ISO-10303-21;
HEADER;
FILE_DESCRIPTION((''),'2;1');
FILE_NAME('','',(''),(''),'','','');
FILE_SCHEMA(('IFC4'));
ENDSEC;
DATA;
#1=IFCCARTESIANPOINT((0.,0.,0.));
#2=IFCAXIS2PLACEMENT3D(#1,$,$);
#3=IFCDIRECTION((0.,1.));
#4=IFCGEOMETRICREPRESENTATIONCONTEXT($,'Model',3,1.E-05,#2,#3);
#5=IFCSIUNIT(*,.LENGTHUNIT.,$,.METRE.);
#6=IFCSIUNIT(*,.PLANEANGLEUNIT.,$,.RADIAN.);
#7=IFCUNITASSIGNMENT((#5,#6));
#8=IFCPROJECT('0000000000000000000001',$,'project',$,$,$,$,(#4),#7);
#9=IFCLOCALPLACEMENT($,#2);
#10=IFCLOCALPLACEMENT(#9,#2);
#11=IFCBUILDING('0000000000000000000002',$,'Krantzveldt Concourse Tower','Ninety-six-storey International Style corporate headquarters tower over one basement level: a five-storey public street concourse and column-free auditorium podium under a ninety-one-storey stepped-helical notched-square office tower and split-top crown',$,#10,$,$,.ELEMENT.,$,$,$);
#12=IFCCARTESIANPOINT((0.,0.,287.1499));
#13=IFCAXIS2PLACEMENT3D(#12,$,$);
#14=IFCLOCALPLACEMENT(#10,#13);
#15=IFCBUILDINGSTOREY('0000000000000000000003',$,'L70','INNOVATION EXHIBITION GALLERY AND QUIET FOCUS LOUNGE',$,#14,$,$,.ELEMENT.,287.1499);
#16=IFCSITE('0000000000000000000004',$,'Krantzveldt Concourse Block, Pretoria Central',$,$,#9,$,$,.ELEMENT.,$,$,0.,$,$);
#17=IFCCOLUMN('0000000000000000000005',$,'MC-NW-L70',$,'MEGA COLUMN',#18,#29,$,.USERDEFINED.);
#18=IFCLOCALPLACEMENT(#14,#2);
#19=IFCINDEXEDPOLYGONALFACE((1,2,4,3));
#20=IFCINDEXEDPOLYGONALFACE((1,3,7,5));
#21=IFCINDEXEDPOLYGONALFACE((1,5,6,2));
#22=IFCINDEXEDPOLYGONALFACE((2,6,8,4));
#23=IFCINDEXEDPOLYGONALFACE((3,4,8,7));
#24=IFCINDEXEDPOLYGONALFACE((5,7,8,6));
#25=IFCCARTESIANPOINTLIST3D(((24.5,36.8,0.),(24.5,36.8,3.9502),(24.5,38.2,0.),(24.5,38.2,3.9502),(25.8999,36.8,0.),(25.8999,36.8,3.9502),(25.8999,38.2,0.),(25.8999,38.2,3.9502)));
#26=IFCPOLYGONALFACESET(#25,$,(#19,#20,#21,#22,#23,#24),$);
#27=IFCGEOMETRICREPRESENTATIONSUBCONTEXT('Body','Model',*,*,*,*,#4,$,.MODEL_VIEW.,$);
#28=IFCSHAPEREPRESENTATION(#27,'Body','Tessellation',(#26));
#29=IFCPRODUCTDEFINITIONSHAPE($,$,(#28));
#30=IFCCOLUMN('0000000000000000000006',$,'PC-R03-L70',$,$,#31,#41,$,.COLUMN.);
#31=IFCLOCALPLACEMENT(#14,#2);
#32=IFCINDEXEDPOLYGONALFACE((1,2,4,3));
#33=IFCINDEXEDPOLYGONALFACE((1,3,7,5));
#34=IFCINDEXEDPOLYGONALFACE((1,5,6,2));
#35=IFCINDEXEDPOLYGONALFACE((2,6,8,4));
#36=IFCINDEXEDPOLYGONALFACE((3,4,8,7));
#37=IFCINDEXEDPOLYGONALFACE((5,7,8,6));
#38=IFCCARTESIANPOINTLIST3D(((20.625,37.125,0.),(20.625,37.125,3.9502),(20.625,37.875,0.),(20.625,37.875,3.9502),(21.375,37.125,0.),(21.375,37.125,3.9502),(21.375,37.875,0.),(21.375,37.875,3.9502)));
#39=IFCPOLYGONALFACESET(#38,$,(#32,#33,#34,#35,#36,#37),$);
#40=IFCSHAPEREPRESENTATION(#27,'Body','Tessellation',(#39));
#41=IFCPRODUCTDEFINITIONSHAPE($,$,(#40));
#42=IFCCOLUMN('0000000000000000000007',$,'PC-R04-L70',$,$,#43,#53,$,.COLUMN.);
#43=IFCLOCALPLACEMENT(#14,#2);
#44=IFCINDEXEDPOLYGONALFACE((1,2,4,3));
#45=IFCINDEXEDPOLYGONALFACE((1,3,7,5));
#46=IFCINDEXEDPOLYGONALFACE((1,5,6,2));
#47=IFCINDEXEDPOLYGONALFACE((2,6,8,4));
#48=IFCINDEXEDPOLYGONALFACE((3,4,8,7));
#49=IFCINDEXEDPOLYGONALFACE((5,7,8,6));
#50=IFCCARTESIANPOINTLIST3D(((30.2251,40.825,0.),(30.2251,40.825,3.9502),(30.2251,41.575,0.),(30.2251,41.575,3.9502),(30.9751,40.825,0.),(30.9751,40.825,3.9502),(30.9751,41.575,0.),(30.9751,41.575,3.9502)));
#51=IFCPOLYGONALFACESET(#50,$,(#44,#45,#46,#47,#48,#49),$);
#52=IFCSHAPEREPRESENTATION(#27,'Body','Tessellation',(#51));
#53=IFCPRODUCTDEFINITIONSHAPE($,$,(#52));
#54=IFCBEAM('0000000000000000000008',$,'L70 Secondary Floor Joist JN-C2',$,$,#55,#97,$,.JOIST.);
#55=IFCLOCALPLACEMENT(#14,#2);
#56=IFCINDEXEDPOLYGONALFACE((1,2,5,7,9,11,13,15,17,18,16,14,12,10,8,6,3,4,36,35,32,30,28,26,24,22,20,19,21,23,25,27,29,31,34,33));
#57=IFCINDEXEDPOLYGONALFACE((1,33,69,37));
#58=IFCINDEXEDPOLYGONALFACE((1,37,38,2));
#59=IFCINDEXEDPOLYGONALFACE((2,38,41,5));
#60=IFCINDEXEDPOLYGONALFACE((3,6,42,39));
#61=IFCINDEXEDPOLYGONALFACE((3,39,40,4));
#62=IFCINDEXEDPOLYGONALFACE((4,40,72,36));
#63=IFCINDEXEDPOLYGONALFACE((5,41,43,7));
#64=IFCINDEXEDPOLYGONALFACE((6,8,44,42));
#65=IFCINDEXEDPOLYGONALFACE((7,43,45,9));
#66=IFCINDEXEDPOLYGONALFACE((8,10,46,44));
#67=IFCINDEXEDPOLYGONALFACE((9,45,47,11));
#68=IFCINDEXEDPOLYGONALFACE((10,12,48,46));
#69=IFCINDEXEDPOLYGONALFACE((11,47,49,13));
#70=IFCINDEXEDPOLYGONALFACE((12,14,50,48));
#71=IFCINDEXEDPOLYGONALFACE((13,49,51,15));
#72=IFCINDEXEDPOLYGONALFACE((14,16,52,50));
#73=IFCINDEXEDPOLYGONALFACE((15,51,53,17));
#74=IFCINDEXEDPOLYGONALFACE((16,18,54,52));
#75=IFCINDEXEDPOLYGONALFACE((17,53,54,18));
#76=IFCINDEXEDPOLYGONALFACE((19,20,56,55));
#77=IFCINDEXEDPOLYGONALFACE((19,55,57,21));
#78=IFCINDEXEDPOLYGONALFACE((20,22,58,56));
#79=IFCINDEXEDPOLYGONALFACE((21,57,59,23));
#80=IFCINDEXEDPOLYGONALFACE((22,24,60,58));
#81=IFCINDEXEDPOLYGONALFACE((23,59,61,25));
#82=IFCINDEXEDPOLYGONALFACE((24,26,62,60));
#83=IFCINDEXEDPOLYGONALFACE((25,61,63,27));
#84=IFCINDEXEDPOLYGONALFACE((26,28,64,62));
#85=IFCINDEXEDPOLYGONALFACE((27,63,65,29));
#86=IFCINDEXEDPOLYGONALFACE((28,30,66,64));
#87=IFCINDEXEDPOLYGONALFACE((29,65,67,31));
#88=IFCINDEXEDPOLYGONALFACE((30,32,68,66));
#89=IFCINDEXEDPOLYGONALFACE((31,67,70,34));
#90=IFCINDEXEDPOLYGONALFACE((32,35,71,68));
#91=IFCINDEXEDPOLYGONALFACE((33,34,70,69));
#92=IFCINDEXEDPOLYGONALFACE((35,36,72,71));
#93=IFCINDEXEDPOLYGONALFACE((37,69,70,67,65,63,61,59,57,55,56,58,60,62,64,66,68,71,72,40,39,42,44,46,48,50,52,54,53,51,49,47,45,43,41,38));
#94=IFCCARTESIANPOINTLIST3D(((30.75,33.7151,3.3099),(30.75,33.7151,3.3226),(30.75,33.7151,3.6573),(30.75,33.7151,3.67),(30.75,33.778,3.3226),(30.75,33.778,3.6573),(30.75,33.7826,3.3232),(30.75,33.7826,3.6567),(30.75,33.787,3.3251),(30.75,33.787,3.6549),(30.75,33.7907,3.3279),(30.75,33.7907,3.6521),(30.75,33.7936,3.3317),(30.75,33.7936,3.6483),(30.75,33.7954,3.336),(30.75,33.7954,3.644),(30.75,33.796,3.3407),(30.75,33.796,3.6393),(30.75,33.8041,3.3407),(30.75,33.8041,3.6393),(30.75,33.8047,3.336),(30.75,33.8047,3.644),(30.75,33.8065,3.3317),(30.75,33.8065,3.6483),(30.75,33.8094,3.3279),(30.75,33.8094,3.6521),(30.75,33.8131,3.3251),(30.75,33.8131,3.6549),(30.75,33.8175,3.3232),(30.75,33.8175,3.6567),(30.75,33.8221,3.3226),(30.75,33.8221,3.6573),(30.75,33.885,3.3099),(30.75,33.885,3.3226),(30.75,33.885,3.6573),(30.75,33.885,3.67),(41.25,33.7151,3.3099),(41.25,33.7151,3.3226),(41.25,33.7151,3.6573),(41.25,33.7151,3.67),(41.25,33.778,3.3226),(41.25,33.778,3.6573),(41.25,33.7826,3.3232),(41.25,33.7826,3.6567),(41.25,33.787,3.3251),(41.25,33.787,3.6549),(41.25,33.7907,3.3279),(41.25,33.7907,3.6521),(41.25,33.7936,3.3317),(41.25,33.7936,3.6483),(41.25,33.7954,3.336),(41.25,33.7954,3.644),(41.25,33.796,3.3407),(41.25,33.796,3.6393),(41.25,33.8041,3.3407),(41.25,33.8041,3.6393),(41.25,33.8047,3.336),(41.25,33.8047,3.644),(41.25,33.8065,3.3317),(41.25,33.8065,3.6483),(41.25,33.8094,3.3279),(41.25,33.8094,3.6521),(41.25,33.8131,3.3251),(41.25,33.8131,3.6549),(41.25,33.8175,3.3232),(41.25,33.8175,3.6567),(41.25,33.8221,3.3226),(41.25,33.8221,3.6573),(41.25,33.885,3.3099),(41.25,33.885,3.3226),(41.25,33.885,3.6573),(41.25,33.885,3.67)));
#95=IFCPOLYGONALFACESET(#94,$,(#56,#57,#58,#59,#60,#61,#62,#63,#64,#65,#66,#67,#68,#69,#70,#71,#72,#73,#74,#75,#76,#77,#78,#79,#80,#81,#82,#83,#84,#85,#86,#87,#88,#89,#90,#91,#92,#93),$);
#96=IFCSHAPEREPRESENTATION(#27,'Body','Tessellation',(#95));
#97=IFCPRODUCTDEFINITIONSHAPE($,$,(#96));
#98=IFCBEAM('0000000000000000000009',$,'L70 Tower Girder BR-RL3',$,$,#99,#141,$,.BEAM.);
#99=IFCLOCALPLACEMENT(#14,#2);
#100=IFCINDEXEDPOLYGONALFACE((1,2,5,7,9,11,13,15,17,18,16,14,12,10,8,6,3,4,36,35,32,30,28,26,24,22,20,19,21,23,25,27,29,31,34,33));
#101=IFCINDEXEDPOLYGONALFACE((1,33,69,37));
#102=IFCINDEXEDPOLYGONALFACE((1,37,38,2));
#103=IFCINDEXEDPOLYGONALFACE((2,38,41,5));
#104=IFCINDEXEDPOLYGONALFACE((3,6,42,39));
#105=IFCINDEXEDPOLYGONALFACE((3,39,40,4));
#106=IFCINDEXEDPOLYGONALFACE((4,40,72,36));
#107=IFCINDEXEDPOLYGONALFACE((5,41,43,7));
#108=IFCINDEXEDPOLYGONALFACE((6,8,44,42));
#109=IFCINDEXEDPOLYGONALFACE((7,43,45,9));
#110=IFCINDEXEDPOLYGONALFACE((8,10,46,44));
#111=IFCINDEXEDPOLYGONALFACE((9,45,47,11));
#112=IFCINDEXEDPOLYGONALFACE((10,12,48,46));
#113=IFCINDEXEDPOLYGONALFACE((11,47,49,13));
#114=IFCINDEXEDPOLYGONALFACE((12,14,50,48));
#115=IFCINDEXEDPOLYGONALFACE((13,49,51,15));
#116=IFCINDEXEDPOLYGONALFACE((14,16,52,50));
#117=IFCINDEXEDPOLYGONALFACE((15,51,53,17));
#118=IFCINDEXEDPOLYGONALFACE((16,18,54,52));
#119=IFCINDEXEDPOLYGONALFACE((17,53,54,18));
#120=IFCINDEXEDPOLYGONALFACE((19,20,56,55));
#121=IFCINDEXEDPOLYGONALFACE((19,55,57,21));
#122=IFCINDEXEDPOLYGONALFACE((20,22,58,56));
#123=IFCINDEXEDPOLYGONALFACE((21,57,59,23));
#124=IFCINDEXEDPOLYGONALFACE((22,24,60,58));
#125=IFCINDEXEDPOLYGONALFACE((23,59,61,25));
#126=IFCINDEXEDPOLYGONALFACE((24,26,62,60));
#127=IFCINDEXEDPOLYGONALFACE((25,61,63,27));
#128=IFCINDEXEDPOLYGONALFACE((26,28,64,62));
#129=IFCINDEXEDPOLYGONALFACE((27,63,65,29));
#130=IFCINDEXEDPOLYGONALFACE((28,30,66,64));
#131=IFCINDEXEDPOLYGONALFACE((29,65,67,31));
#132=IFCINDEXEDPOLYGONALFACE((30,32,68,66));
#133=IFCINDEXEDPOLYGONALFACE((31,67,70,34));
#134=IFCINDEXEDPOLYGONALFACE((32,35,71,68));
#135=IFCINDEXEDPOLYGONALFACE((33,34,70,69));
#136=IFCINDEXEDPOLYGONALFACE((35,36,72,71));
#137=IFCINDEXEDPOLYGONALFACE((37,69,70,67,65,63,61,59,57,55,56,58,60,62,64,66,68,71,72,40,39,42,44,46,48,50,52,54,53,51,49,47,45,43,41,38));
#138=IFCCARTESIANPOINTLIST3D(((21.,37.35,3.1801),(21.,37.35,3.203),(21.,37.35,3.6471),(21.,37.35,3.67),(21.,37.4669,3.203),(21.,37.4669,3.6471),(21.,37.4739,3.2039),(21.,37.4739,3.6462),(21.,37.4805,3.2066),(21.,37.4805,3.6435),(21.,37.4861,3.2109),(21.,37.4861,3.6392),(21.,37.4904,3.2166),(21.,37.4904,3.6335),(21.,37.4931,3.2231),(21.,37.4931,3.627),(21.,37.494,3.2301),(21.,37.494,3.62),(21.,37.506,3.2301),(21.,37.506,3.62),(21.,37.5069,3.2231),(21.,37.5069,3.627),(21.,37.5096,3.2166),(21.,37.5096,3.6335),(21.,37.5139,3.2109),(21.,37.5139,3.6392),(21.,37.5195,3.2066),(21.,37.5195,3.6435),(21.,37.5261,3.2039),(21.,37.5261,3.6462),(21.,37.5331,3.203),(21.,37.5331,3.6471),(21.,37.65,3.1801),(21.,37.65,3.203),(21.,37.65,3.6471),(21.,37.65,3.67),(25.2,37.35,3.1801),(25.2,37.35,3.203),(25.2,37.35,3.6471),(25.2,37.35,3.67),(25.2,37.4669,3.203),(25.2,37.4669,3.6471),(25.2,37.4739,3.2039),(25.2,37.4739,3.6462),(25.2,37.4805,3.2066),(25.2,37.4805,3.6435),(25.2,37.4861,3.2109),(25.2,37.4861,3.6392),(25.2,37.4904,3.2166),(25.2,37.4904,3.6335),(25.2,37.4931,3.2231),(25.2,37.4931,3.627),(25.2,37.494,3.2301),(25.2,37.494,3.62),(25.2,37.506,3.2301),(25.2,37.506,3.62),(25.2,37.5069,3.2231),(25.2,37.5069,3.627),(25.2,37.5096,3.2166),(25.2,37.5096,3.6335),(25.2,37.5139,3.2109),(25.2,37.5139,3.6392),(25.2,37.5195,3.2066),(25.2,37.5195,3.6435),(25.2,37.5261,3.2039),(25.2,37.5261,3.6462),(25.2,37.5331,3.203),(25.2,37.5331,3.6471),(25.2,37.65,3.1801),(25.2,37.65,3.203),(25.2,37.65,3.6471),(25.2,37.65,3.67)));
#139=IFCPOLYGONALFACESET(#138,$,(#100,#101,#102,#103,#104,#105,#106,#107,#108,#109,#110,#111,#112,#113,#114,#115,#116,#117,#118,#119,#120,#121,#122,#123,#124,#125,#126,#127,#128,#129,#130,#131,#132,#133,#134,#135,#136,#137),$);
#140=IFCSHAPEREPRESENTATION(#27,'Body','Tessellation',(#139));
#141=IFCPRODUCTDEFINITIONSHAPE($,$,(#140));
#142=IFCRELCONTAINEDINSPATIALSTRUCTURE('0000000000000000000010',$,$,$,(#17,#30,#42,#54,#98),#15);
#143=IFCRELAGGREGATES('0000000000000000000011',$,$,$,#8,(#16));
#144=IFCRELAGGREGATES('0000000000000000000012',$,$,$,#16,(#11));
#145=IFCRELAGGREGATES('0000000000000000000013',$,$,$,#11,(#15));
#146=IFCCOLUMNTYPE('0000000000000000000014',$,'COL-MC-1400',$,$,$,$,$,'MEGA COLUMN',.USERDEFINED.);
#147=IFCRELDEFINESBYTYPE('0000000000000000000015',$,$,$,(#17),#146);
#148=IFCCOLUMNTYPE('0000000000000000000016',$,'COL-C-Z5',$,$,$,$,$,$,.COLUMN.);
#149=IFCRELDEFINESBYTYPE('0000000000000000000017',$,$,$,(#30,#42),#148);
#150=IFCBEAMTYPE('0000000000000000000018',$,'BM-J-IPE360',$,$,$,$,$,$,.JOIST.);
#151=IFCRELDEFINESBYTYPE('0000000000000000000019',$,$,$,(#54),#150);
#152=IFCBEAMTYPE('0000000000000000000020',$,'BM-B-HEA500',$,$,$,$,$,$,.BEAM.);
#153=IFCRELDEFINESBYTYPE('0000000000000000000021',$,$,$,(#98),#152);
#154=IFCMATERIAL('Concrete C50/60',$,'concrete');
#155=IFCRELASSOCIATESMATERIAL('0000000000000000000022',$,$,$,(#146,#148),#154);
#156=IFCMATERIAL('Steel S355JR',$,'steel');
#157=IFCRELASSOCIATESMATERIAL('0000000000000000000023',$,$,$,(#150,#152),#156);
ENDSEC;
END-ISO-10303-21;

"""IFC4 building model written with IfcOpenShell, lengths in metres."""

from ifc_helpers import new_model, si_unit, direction, frame, origin, origin_2d, place, context, subcontext, project, spatial, rectangle, i_section, extrude, source, transform, mapped, material, material_profile, profile_set, type_object, type_shapes, element, save


model = new_model("IFC4")

# Units and contexts
model_context = context("Model", 3, precision=1e-05, world=origin(), true_north=direction((0.0, 1.0)))
body_context = subcontext(model_context, "Body", "Model", "MODEL_VIEW")
ifc_project = project(units=[si_unit("LENGTHUNIT", "METRE"), si_unit("PLANEANGLEUNIT", "RADIAN")], contexts=[model_context])

# Site, building, storey
site_placement = place(None, origin())
site = spatial("IfcSite", under=ifc_project, at=site_placement, Name="Krantzveldt Concourse Block, Pretoria Central", CompositionType="ELEMENT", RefElevation=0.0)
building_placement = place(site_placement, origin())
building = spatial("IfcBuilding", under=site, at=building_placement, Name="Krantzveldt Concourse Tower", Description="Ninety-six-storey International Style corporate headquarters tower over one basement level: a five-storey public street concourse and column-free auditorium podium under a ninety-one-storey stepped-helical notched-square office tower and split-top crown", CompositionType="ELEMENT")
storey_placement = place(building_placement, frame((0.0, 0.0, 287.1499)))
storey = spatial("IfcBuildingStorey", under=building, at=storey_placement, Name="L70", Description="INNOVATION EXHIBITION GALLERY AND QUIET FOCUS LOUNGE", CompositionType="ELEMENT", Elevation=287.1499)

# Columns
ifc_material_1 = material(Name="Concrete C50/60", Category="concrete")
ifc_material_profile_1 = material_profile(ifc_material_1, rectangle(XDim=1.3999, YDim=1.3999, at=origin_2d()), Name="Concrete C50/60", Category="concrete")
ifc_profile_set_1 = profile_set([ifc_material_profile_1], Name="Concrete C50/60 - RC 1400x1400")
column_type_1 = type_object("IfcColumnType", Name="COL-MC-1400", ElementType="MEGA COLUMN", PredefinedType="USERDEFINED", material=ifc_profile_set_1)
shared_shape_1 = source(origin(), body_context, "Body", "SweptSolid", [
    extrude(rectangle(XDim=1.3999, YDim=1.3999, at=origin_2d()), origin(), (0.0, 0.0, 1.0), 3.9502),
])
type_shapes(column_type_1, [shared_shape_1])
column_placement = place(storey_placement, frame((25.2, 37.5, 0.0), z_axis=(0.0, 0.0, 1.0), x_axis=(1.0, 0.0, 0.0)))
element("IfcColumn", 1, at=column_placement, inside=storey, type_object=column_type_1, Name="MC-NW-L70", ObjectType="MEGA COLUMN", PredefinedType="USERDEFINED", context=body_context, shape_type="MappedRepresentation", body=[
    mapped(shared_shape_1, transform((0.0, 0.0, 0.0), x_axis=(1.0, 0.0, 0.0), y_axis=(0.0, 1.0, 0.0), z_axis=(0.0, 0.0, 1.0), scale=1.0)),
])
ifc_material_profile_2 = material_profile(ifc_material_1, rectangle(XDim=0.75, YDim=0.75, at=origin_2d()), Name="Concrete C50/60", Category="concrete")
ifc_profile_set_2 = profile_set([ifc_material_profile_2], Name="Concrete C50/60 - RC 750x750")
column_type_2 = type_object("IfcColumnType", Name="COL-C-Z5", PredefinedType="COLUMN", material=ifc_profile_set_2)
shared_shape_2 = source(origin(), body_context, "Body", "SweptSolid", [
    extrude(rectangle(XDim=0.75, YDim=0.75, at=origin_2d()), origin(), (0.0, 0.0, 1.0), 3.9502),
])
type_shapes(column_type_2, [shared_shape_2])
for number, where, z_axis, x_axis, name in (
    (2, (21.0, 37.5, 0.0), (0.0, 0.0, 1.0), (1.0, 0.0, 0.0), "PC-R03-L70"),
    (3, (30.6001, 41.2, 0.0), (0.0, 0.0, 1.0), (1.0, 0.0, 0.0), "PC-R04-L70"),
):
    element("IfcColumn", number, at=place(storey_placement, frame(where, z_axis=z_axis, x_axis=x_axis)), inside=storey, type_object=column_type_2, Name=name, PredefinedType="COLUMN", context=body_context, shape_type="MappedRepresentation", body=[
        mapped(shared_shape_2, transform((0.0, 0.0, 0.0), x_axis=(1.0, 0.0, 0.0), y_axis=(0.0, 1.0, 0.0), z_axis=(0.0, 0.0, 1.0), scale=1.0)),
    ])

# Beams
ifc_material_2 = material(Name="Steel S355JR", Category="steel")
ifc_material_profile_3 = material_profile(ifc_material_2, i_section(OverallWidth=0.1699, OverallDepth=0.3601, WebThickness=0.0081, FlangeThickness=0.0127, FilletRadius=0.0181, at=origin_2d()), Name="Steel S355JR", Category="steel")
ifc_profile_set_3 = profile_set([ifc_material_profile_3], Name="Steel S355JR - IPE 360")
beam_type_1 = type_object("IfcBeamType", Name="BM-J-IPE360", PredefinedType="JOIST", material=ifc_profile_set_3)
shared_shape_3 = source(origin(), body_context, "Body", "SweptSolid", [
    extrude(i_section(OverallWidth=0.1699, OverallDepth=0.3601, WebThickness=0.0081, FlangeThickness=0.0127, FilletRadius=0.0181, at=origin_2d()), origin(), (0.0, 0.0, 1.0), 10.5),
])
beam_1_placement = place(storey_placement, frame((30.75, 33.8, 3.49), z_axis=(1.0, 0.0, 0.0), x_axis=(0.0, 1.0, 0.0)))
element("IfcBeam", 4, at=beam_1_placement, inside=storey, type_object=beam_type_1, Name="L70 Secondary Floor Joist JN-C2", PredefinedType="JOIST", context=body_context, shape_type="MappedRepresentation", body=[
    mapped(shared_shape_3, transform((0.0, 0.0, 0.0), x_axis=(1.0, 0.0, 0.0), y_axis=(0.0, 1.0, 0.0), z_axis=(0.0, 0.0, 1.0), scale=1.0)),
])
ifc_material_profile_4 = material_profile(ifc_material_2, i_section(OverallWidth=0.3, OverallDepth=0.49, WebThickness=0.012, FlangeThickness=0.0229, FilletRadius=0.0271, at=origin_2d()), Name="Steel S355JR", Category="steel")
ifc_profile_set_4 = profile_set([ifc_material_profile_4], Name="Steel S355JR - HEA 500")
beam_type_2 = type_object("IfcBeamType", Name="BM-B-HEA500", PredefinedType="BEAM", material=ifc_profile_set_4)
shared_shape_4 = source(origin(), body_context, "Body", "SweptSolid", [
    extrude(i_section(OverallWidth=0.3, OverallDepth=0.49, WebThickness=0.012, FlangeThickness=0.0229, FilletRadius=0.0271, at=origin_2d()), origin(), (0.0, 0.0, 1.0), 4.2),
])
beam_2_placement = place(storey_placement, frame((21.0, 37.5, 3.425), z_axis=(1.0, 0.0, 0.0), x_axis=(0.0, 1.0, 0.0)))
element("IfcBeam", 5, at=beam_2_placement, inside=storey, type_object=beam_type_2, Name="L70 Tower Girder BR-RL3", PredefinedType="BEAM", context=body_context, shape_type="MappedRepresentation", body=[
    mapped(shared_shape_4, transform((0.0, 0.0, 0.0), x_axis=(1.0, 0.0, 0.0), y_axis=(0.0, 1.0, 0.0), z_axis=(0.0, 0.0, 1.0), scale=1.0)),
])

save(model, "model.ifc")
